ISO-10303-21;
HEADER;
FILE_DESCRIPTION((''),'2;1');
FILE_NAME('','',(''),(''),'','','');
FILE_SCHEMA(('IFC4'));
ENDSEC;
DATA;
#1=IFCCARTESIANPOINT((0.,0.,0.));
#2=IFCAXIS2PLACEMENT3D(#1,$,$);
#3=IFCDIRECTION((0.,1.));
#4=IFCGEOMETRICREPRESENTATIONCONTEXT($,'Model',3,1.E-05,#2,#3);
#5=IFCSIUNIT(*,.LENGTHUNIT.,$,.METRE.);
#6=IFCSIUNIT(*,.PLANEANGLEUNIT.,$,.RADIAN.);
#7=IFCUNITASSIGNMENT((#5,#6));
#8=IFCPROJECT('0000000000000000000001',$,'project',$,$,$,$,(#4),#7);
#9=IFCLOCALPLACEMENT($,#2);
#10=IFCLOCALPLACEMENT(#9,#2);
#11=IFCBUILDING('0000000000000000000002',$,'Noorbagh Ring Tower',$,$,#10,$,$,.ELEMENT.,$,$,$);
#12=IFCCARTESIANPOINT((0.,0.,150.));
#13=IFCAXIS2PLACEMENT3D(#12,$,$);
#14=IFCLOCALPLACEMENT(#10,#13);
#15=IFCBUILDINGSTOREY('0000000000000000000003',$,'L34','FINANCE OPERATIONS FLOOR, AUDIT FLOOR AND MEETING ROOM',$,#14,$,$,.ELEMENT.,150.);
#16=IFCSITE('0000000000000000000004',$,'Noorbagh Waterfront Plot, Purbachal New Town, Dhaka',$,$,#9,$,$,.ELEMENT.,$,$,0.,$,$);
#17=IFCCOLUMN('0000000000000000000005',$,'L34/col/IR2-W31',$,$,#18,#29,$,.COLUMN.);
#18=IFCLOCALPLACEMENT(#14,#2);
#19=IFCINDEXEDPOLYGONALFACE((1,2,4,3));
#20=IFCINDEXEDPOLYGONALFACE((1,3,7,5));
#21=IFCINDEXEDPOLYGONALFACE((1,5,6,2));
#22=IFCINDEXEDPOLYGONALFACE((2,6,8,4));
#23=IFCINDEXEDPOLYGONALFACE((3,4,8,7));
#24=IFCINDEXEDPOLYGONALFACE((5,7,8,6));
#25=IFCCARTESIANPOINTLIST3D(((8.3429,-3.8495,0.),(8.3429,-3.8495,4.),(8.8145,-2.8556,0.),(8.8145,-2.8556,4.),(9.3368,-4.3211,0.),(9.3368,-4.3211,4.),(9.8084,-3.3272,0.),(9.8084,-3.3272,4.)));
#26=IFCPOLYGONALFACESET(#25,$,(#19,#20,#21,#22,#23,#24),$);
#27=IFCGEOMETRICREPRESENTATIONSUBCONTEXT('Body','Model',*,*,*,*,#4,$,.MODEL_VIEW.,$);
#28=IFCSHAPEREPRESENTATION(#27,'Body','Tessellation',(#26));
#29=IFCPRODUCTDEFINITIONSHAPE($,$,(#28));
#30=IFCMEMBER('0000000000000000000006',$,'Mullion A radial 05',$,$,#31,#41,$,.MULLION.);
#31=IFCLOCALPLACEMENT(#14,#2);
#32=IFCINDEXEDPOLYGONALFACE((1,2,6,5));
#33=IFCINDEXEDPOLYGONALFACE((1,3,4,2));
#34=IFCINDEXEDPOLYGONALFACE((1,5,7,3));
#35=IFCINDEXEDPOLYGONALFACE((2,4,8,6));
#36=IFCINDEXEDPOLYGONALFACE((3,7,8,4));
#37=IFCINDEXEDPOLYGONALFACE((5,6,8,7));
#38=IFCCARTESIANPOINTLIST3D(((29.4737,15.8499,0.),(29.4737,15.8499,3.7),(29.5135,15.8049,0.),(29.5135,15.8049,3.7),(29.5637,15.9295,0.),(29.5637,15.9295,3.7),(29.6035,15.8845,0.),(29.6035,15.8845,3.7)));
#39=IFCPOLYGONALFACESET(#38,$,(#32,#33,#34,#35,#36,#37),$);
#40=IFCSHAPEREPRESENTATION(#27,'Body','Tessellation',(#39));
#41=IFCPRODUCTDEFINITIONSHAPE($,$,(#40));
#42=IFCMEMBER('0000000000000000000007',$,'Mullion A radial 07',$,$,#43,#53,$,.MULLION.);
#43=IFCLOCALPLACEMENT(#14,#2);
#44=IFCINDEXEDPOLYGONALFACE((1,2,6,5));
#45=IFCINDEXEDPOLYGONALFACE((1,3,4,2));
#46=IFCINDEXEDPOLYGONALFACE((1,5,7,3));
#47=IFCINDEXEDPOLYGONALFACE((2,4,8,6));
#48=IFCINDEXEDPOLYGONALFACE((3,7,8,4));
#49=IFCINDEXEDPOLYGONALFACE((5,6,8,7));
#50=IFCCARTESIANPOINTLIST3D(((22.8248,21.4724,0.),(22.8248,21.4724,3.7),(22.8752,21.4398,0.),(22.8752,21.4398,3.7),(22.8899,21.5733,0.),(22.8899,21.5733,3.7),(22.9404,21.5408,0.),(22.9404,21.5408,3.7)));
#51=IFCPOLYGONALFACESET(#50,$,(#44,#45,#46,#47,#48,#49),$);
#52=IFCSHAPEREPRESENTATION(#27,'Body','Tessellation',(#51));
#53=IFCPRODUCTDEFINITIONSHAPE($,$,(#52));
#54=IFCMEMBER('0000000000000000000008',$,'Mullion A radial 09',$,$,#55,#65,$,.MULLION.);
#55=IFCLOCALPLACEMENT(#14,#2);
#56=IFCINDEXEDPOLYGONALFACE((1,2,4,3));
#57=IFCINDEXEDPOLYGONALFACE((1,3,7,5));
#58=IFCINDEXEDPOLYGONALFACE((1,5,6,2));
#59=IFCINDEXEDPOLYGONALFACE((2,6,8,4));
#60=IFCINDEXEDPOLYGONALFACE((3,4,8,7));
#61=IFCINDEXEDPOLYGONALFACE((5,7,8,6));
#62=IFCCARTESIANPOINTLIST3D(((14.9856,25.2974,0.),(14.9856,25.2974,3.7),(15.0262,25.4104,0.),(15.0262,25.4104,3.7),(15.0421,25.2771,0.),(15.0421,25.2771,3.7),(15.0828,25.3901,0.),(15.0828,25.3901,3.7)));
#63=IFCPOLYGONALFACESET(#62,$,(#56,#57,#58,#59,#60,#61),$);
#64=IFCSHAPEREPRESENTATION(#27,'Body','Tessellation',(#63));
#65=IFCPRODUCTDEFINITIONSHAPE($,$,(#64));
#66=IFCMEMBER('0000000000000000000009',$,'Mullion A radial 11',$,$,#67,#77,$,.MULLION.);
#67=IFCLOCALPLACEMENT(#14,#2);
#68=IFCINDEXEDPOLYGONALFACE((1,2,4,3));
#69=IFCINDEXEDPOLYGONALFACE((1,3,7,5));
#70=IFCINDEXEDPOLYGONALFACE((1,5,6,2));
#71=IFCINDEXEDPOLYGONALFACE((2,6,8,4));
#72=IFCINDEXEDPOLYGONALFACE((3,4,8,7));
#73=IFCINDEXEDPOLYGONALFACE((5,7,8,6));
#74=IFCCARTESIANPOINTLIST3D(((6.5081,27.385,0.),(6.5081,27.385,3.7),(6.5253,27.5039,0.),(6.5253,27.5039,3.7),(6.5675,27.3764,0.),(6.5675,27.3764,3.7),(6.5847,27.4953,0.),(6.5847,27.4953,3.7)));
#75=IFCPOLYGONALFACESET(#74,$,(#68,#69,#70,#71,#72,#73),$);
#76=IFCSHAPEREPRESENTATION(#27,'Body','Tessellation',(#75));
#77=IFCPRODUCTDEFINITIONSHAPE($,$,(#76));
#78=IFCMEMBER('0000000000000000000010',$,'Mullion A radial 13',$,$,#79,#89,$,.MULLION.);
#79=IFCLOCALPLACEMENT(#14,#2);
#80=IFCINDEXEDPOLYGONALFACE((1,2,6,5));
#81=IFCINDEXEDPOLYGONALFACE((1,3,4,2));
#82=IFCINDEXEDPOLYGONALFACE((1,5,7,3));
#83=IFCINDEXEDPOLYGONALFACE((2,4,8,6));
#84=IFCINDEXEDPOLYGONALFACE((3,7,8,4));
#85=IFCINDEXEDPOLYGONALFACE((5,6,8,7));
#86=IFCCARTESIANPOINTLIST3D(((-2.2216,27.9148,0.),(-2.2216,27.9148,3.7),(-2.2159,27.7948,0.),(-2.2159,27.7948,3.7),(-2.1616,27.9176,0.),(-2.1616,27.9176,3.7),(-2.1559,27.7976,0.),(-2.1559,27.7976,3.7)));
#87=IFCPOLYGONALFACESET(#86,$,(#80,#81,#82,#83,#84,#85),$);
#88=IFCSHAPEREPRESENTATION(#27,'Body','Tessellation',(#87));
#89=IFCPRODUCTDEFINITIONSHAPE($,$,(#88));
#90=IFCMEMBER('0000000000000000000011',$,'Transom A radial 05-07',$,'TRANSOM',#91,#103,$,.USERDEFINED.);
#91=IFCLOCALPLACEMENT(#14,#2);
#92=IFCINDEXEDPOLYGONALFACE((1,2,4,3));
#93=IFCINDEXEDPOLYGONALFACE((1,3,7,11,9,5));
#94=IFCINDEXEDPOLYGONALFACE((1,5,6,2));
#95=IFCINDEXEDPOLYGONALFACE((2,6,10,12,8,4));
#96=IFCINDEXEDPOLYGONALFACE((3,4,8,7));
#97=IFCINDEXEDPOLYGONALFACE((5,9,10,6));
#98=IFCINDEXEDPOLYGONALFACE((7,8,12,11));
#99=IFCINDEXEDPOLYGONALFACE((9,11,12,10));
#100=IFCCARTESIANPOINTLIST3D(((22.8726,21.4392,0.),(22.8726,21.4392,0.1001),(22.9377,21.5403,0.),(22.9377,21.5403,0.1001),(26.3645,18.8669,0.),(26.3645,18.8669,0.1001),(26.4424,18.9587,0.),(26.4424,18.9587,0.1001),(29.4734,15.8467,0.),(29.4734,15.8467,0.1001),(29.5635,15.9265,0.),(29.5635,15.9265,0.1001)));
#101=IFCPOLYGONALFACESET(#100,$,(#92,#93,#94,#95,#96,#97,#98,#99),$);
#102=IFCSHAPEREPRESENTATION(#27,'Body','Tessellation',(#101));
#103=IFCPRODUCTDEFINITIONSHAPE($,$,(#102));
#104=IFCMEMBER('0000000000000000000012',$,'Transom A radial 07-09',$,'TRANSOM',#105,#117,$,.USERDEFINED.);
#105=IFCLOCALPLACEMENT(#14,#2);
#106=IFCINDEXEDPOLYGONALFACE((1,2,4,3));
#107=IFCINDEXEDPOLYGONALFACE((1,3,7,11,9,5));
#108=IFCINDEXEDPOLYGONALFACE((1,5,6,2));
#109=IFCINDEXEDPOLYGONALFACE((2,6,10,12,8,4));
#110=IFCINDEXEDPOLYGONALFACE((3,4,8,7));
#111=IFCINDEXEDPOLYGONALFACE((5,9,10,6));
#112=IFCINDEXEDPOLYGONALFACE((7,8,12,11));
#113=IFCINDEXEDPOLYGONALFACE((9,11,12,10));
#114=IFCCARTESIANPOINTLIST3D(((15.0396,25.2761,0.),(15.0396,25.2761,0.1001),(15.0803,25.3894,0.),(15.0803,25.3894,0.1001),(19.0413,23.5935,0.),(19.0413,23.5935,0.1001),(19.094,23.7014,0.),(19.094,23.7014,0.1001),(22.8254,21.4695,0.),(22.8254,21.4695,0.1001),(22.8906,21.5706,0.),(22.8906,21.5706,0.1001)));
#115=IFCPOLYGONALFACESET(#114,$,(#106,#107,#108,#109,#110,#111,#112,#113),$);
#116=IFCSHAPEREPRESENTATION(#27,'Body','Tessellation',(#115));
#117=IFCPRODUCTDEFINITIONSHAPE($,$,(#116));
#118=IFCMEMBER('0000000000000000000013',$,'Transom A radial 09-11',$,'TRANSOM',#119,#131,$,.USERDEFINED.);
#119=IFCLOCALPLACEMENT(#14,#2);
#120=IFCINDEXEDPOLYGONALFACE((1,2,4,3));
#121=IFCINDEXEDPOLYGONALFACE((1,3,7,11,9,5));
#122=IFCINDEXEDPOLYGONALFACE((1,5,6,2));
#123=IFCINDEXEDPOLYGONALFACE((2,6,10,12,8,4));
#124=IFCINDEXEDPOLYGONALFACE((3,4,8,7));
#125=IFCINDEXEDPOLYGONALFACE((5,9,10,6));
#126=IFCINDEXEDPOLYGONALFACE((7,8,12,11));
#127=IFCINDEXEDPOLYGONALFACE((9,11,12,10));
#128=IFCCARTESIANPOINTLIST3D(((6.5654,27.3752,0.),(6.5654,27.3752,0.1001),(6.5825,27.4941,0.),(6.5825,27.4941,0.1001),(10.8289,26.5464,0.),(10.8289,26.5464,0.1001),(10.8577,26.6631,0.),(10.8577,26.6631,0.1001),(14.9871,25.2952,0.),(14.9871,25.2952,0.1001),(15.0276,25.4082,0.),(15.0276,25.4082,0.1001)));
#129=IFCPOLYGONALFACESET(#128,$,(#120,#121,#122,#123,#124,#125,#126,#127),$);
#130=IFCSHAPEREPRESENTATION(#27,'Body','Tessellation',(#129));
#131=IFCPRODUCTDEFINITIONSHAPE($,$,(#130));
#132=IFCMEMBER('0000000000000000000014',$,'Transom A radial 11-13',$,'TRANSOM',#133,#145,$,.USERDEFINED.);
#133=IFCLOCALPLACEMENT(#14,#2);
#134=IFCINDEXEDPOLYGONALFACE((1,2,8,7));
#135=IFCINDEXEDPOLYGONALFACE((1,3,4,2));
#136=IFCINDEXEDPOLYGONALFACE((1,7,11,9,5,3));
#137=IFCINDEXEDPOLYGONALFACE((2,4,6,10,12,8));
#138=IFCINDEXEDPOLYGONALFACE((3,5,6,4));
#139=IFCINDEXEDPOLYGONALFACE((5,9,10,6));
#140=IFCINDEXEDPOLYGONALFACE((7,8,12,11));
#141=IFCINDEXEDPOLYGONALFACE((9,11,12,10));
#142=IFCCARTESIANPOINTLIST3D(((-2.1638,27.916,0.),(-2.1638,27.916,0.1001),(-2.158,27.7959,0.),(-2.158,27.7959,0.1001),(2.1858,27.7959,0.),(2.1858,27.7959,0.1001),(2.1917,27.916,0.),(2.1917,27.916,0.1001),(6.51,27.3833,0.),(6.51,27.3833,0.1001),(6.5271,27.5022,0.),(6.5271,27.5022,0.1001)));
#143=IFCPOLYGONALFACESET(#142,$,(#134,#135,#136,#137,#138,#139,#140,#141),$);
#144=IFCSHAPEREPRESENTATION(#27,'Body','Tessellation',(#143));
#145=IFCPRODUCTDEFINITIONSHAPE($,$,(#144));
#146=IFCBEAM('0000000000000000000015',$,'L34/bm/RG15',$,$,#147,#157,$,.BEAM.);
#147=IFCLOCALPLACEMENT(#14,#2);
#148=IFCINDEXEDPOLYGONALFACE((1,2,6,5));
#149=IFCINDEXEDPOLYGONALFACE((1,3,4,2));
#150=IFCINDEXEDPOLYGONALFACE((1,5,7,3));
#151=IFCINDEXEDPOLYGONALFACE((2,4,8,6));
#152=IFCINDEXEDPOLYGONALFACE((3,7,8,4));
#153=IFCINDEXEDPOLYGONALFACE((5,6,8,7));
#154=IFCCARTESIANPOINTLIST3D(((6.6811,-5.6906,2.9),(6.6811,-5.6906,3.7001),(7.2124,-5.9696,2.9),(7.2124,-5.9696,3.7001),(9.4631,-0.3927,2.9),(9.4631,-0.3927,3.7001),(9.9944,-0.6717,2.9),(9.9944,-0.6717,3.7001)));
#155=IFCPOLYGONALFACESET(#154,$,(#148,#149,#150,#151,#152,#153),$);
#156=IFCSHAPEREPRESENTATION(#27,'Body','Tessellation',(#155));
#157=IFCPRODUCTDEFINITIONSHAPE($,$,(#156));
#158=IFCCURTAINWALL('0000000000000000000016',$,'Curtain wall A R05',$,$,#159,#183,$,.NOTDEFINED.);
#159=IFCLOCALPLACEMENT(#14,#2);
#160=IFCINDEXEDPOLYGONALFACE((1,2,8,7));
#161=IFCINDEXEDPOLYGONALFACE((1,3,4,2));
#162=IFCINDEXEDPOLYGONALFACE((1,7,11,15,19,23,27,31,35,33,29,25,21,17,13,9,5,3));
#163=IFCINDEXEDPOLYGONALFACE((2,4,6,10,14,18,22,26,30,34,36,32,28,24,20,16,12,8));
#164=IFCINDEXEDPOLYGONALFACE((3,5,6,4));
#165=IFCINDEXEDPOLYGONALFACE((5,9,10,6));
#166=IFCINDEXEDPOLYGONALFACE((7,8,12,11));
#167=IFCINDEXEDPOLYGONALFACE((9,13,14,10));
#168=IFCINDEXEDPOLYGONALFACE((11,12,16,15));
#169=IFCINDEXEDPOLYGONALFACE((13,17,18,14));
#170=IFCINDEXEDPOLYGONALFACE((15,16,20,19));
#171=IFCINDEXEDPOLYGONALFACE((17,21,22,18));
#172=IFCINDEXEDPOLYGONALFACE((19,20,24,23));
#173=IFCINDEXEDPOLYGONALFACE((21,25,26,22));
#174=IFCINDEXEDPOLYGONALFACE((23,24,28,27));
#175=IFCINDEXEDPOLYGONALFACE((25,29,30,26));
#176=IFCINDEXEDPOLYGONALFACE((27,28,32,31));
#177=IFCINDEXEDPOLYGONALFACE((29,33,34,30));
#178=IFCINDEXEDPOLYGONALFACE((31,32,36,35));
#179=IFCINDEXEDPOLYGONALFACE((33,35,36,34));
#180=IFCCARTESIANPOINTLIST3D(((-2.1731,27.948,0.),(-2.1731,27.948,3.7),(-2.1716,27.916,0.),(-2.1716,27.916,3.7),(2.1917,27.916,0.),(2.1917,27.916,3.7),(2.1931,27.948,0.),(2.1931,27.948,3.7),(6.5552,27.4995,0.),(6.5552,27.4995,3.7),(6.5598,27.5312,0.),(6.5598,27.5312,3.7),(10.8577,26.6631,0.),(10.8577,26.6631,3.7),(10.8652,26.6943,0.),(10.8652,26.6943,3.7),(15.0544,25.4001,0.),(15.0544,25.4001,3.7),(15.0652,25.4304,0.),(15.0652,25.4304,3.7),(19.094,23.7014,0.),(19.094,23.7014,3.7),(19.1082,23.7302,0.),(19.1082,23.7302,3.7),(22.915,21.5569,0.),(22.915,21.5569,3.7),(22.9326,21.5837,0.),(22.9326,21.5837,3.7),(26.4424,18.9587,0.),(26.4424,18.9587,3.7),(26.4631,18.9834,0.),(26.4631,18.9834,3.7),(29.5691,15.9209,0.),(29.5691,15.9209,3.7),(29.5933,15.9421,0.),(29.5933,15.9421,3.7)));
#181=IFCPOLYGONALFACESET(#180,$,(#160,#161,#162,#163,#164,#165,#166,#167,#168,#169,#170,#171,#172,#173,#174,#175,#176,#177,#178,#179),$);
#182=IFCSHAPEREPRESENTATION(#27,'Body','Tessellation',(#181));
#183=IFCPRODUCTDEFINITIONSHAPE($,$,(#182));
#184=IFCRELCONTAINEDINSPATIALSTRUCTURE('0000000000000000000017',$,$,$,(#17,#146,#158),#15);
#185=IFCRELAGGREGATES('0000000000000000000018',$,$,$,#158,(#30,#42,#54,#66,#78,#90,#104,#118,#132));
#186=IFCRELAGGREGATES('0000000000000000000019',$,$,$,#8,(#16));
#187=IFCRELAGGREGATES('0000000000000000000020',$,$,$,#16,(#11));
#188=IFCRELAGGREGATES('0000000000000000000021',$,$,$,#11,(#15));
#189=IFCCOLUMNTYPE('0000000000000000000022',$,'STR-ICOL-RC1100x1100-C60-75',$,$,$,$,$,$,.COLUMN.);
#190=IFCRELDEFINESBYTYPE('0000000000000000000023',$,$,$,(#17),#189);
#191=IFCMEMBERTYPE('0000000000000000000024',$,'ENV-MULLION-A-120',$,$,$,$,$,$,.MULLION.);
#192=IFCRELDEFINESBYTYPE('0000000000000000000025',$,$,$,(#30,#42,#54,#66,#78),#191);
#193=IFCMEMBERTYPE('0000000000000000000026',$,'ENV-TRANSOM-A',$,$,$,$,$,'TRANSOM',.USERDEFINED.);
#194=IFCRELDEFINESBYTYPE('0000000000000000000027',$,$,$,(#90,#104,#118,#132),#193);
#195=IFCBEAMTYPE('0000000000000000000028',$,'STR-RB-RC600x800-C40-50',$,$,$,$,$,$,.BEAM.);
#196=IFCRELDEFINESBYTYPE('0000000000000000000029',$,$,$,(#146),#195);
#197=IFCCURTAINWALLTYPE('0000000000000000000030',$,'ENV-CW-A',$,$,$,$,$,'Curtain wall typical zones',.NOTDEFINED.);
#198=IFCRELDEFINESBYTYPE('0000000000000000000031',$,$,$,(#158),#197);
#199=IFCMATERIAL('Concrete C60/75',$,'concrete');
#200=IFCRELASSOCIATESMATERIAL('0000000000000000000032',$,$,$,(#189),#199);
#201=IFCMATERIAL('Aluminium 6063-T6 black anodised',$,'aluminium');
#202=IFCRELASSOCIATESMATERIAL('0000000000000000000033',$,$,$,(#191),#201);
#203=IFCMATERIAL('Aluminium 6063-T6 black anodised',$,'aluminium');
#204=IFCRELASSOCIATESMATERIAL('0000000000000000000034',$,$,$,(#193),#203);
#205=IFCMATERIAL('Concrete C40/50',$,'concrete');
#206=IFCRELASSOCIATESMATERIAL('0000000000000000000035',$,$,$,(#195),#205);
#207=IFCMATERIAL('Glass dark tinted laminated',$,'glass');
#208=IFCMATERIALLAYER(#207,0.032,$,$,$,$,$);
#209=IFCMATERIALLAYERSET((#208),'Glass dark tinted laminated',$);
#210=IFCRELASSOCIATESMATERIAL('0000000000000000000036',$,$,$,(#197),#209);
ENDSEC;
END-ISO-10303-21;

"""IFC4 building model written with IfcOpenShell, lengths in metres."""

from ifc_helpers import new_model, si_unit, direction, frame, origin, origin_2d, place, context, subcontext, project, spatial, polyline, rectangle, outline, extrude, material, layer, layer_set, material_profile, profile_set, type_object, element, aggregate, save


model = new_model("IFC4")

# Units and contexts
model_context = context("Model", 3, precision=1e-05, world=origin(), true_north=direction((0.0, 1.0)))
body_context = subcontext(model_context, "Body", "Model", "MODEL_VIEW")
ifc_project = project(units=[si_unit("LENGTHUNIT", "METRE"), si_unit("PLANEANGLEUNIT", "RADIAN")], contexts=[model_context])

# Site, building, storey
site_placement = place(None, origin())
site = spatial("IfcSite", under=ifc_project, at=site_placement, Name="Noorbagh Waterfront Plot, Purbachal New Town, Dhaka", CompositionType="ELEMENT", RefElevation=0.0)
building_placement = place(site_placement, origin())
building = spatial("IfcBuilding", under=site, at=building_placement, Name="Noorbagh Ring Tower", CompositionType="ELEMENT")
storey_placement = place(building_placement, frame((0.0, 0.0, 150.0)))
storey = spatial("IfcBuildingStorey", under=building, at=storey_placement, Name="L34", Description="FINANCE OPERATIONS FLOOR, AUDIT FLOOR AND MEETING ROOM", CompositionType="ELEMENT", Elevation=150.0)

# Column
ifc_material_1 = material(Name="Concrete C60/75", Category="concrete")
ifc_material_profile_1 = material_profile(ifc_material_1, rectangle(XDim=1.1001, YDim=1.1001, at=origin_2d()), Name="RC1100x1100")
ifc_profile_set_1 = profile_set([ifc_material_profile_1], Name="Concrete C60/75")
column_type = type_object("IfcColumnType", Name="STR-ICOL-RC1100x1100-C60-75", PredefinedType="COLUMN", material=ifc_profile_set_1)
column_placement = place(storey_placement, frame((9.0757, -3.5884, 0.0), z_axis=(0.0, 0.0, 1.0), x_axis=(0.428667, 0.903463, 0.0)))
element("IfcColumn", 1, at=column_placement, inside=storey, type_object=column_type, Name="L34/col/IR2-W31", PredefinedType="COLUMN", context=body_context, shape_type="SweptSolid", body=[
    extrude(rectangle(XDim=1.1001, YDim=1.1001, at=origin_2d()), origin(), (0.0, 0.0, 1.0), 4.0),
])

# Members
ifc_material_2 = material(Name="Aluminium 6063-T6 black anodised", Category="aluminium")
ifc_material_profile_2 = material_profile(ifc_material_2, rectangle(XDim=0.1201, YDim=0.0601, at=origin_2d()), Name="120x60")
ifc_profile_set_2 = profile_set([ifc_material_profile_2], Name="Aluminium 6063-T6 black anodised")
member_type_1 = type_object("IfcMemberType", Name="ENV-MULLION-A-120", PredefinedType="MULLION", material=ifc_profile_set_2)
member_1_placement = place(storey_placement, frame((29.5386, 15.8672, 0.0), z_axis=(0.0, 0.0, 1.0), x_axis=(-0.749047, -0.662517, 0.0)))
member_1 = element("IfcMember", 2, at=member_1_placement, type_object=member_type_1, Name="Mullion A radial 05", PredefinedType="MULLION", context=body_context, shape_type="SweptSolid", body=[
    extrude(rectangle(XDim=0.1201, YDim=0.0601, at=origin_2d()), origin(), (0.0, 0.0, 1.0), 3.7),
])
member_2_placement = place(storey_placement, frame((22.8826, 21.5066, 0.0), z_axis=(0.0, 0.0, 1.0), x_axis=(-0.542279, -0.840198, 0.0)))
member_2 = element("IfcMember", 3, at=member_2_placement, type_object=member_type_1, Name="Mullion A radial 07", PredefinedType="MULLION", context=body_context, shape_type="SweptSolid", body=[
    extrude(rectangle(XDim=0.1201, YDim=0.0601, at=origin_2d()), origin(), (0.0, 0.0, 1.0), 3.7),
])
member_3_placement = place(storey_placement, frame((15.0342, 25.3438, 0.0), z_axis=(0.0, 0.0, 1.0), x_axis=(-0.338379, -0.94101, 0.0)))
member_3 = element("IfcMember", 4, at=member_3_placement, type_object=member_type_1, Name="Mullion A radial 09", PredefinedType="MULLION", context=body_context, shape_type="SweptSolid", body=[
    extrude(rectangle(XDim=0.1201, YDim=0.0601, at=origin_2d()), origin(), (0.0, 0.0, 1.0), 3.7),
])
member_4_placement = place(storey_placement, frame((6.5464, 27.4402, 0.0), z_axis=(0.0, 0.0, 1.0), x_axis=(-0.143082, -0.989711, 0.0)))
member_4 = element("IfcMember", 5, at=member_4_placement, type_object=member_type_1, Name="Mullion A radial 11", PredefinedType="MULLION", context=body_context, shape_type="SweptSolid", body=[
    extrude(rectangle(XDim=0.1201, YDim=0.0601, at=origin_2d()), origin(), (0.0, 0.0, 1.0), 3.7),
])
member_5_placement = place(storey_placement, frame((-2.1887, 27.8562, 0.0), z_axis=(0.0, 0.0, 1.0), x_axis=(0.047558, -0.998868, 0.0)))
member_5 = element("IfcMember", 6, at=member_5_placement, type_object=member_type_1, Name="Mullion A radial 13", PredefinedType="MULLION", context=body_context, shape_type="SweptSolid", body=[
    extrude(rectangle(XDim=0.1201, YDim=0.0601, at=origin_2d()), origin(), (0.0, 0.0, 1.0), 3.7),
])
ifc_material_3 = material(Name="Aluminium 6063-T6 black anodised", Category="aluminium")
member_type_2 = type_object("IfcMemberType", Name="ENV-TRANSOM-A", ElementType="TRANSOM", PredefinedType="USERDEFINED", material=ifc_material_3)
member_6_placement = place(storey_placement, origin())
member_6 = element("IfcMember", 7, at=member_6_placement, type_object=member_type_2, Name="Transom A radial 05-07", ObjectType="TRANSOM", PredefinedType="USERDEFINED", context=body_context, shape_type="SweptSolid", body=[
    extrude(outline(polyline([(29.5635, 15.9265), (26.4424, 18.9587), (22.9377, 21.5403), (22.8726, 21.4392), (26.3645, 18.8669), (29.4734, 15.8467), (29.5635, 15.9265)])), origin(), (0.0, 0.0, 1.0), 0.1001),
])
member_7_placement = place(storey_placement, origin())
member_7 = element("IfcMember", 8, at=member_7_placement, type_object=member_type_2, Name="Transom A radial 07-09", ObjectType="TRANSOM", PredefinedType="USERDEFINED", context=body_context, shape_type="SweptSolid", body=[
    extrude(outline(polyline([(22.8906, 21.5706), (19.094, 23.7014), (15.0803, 25.3894), (15.0396, 25.2761), (19.0413, 23.5935), (22.8254, 21.4695), (22.8906, 21.5706)])), origin(), (0.0, 0.0, 1.0), 0.1001),
])
member_8_placement = place(storey_placement, origin())
member_8 = element("IfcMember", 9, at=member_8_placement, type_object=member_type_2, Name="Transom A radial 09-11", ObjectType="TRANSOM", PredefinedType="USERDEFINED", context=body_context, shape_type="SweptSolid", body=[
    extrude(outline(polyline([(15.0276, 25.4082), (10.8577, 26.6631), (6.5825, 27.4941), (6.5654, 27.3752), (10.8289, 26.5464), (14.9871, 25.2952), (15.0276, 25.4082)])), origin(), (0.0, 0.0, 1.0), 0.1001),
])
member_9_placement = place(storey_placement, origin())
member_9 = element("IfcMember", 10, at=member_9_placement, type_object=member_type_2, Name="Transom A radial 11-13", ObjectType="TRANSOM", PredefinedType="USERDEFINED", context=body_context, shape_type="SweptSolid", body=[
    extrude(outline(polyline([(6.5271, 27.5022), (2.1917, 27.916), (-2.1638, 27.916), (-2.158, 27.7959), (2.1858, 27.7959), (6.51, 27.3833), (6.5271, 27.5022)])), origin(), (0.0, 0.0, 1.0), 0.1001),
])

# Beam
ifc_material_4 = material(Name="Concrete C40/50", Category="concrete")
ifc_material_profile_3 = material_profile(ifc_material_4, rectangle(XDim=0.6001, YDim=0.8, at=origin_2d()), Name="RC600x800")
ifc_profile_set_3 = profile_set([ifc_material_profile_3], Name="Concrete C40/50")
beam_type = type_object("IfcBeamType", Name="STR-RB-RC600x800-C40-50", PredefinedType="BEAM", material=ifc_profile_set_3)
beam_placement = place(storey_placement, frame((6.9468, -5.8301, 3.3), z_axis=(0.464914, 0.885356, 0.0), x_axis=(-0.885356, 0.464914, 0.0)))
element("IfcBeam", 11, at=beam_placement, inside=storey, type_object=beam_type, Name="L34/bm/RG15", PredefinedType="BEAM", context=body_context, shape_type="SweptSolid", body=[
    extrude(rectangle(XDim=0.6001, YDim=0.8, at=origin_2d()), origin(), (0.0, 0.0, 1.0), 5.9839),
])

# Curtain wall
ifc_material_5 = material(Name="Glass dark tinted laminated", Category="glass")
ifc_layer_1 = layer(ifc_material_5, 0.032)
ifc_layer_set_1 = layer_set([ifc_layer_1], Name="Glass dark tinted laminated")
curtain_wall_type = type_object("IfcCurtainWallType", Name="ENV-CW-A", ElementType="Curtain wall typical zones", PredefinedType="NOTDEFINED", material=ifc_layer_set_1)
curtain_wall_1_placement = place(storey_placement, origin())
curtain_wall_1 = element("IfcCurtainWall", 12, at=curtain_wall_1_placement, inside=storey, type_object=curtain_wall_type, Name="Curtain wall A R05", PredefinedType="NOTDEFINED", context=body_context, shape_type="SweptSolid", body=[
    extrude(outline(polyline([(29.5933, 15.9421), (26.4631, 18.9834), (22.9326, 21.5837), (19.1082, 23.7302), (15.0652, 25.4304), (10.8652, 26.6943), (6.5598, 27.5312), (2.1931, 27.948), (-2.1731, 27.948), (-2.1716, 27.916), (2.1917, 27.916), (6.5552, 27.4995), (10.8577, 26.6631), (15.0544, 25.4001), (19.094, 23.7014), (22.915, 21.5569), (26.4424, 18.9587), (29.5691, 15.9209), (29.5933, 15.9421)])), origin(), (0.0, 0.0, 1.0), 3.7),
])
aggregate(curtain_wall_1, [member_1, member_2, member_3, member_4, member_5, member_6, member_7, member_8, member_9])

save(model, "model.ifc")
